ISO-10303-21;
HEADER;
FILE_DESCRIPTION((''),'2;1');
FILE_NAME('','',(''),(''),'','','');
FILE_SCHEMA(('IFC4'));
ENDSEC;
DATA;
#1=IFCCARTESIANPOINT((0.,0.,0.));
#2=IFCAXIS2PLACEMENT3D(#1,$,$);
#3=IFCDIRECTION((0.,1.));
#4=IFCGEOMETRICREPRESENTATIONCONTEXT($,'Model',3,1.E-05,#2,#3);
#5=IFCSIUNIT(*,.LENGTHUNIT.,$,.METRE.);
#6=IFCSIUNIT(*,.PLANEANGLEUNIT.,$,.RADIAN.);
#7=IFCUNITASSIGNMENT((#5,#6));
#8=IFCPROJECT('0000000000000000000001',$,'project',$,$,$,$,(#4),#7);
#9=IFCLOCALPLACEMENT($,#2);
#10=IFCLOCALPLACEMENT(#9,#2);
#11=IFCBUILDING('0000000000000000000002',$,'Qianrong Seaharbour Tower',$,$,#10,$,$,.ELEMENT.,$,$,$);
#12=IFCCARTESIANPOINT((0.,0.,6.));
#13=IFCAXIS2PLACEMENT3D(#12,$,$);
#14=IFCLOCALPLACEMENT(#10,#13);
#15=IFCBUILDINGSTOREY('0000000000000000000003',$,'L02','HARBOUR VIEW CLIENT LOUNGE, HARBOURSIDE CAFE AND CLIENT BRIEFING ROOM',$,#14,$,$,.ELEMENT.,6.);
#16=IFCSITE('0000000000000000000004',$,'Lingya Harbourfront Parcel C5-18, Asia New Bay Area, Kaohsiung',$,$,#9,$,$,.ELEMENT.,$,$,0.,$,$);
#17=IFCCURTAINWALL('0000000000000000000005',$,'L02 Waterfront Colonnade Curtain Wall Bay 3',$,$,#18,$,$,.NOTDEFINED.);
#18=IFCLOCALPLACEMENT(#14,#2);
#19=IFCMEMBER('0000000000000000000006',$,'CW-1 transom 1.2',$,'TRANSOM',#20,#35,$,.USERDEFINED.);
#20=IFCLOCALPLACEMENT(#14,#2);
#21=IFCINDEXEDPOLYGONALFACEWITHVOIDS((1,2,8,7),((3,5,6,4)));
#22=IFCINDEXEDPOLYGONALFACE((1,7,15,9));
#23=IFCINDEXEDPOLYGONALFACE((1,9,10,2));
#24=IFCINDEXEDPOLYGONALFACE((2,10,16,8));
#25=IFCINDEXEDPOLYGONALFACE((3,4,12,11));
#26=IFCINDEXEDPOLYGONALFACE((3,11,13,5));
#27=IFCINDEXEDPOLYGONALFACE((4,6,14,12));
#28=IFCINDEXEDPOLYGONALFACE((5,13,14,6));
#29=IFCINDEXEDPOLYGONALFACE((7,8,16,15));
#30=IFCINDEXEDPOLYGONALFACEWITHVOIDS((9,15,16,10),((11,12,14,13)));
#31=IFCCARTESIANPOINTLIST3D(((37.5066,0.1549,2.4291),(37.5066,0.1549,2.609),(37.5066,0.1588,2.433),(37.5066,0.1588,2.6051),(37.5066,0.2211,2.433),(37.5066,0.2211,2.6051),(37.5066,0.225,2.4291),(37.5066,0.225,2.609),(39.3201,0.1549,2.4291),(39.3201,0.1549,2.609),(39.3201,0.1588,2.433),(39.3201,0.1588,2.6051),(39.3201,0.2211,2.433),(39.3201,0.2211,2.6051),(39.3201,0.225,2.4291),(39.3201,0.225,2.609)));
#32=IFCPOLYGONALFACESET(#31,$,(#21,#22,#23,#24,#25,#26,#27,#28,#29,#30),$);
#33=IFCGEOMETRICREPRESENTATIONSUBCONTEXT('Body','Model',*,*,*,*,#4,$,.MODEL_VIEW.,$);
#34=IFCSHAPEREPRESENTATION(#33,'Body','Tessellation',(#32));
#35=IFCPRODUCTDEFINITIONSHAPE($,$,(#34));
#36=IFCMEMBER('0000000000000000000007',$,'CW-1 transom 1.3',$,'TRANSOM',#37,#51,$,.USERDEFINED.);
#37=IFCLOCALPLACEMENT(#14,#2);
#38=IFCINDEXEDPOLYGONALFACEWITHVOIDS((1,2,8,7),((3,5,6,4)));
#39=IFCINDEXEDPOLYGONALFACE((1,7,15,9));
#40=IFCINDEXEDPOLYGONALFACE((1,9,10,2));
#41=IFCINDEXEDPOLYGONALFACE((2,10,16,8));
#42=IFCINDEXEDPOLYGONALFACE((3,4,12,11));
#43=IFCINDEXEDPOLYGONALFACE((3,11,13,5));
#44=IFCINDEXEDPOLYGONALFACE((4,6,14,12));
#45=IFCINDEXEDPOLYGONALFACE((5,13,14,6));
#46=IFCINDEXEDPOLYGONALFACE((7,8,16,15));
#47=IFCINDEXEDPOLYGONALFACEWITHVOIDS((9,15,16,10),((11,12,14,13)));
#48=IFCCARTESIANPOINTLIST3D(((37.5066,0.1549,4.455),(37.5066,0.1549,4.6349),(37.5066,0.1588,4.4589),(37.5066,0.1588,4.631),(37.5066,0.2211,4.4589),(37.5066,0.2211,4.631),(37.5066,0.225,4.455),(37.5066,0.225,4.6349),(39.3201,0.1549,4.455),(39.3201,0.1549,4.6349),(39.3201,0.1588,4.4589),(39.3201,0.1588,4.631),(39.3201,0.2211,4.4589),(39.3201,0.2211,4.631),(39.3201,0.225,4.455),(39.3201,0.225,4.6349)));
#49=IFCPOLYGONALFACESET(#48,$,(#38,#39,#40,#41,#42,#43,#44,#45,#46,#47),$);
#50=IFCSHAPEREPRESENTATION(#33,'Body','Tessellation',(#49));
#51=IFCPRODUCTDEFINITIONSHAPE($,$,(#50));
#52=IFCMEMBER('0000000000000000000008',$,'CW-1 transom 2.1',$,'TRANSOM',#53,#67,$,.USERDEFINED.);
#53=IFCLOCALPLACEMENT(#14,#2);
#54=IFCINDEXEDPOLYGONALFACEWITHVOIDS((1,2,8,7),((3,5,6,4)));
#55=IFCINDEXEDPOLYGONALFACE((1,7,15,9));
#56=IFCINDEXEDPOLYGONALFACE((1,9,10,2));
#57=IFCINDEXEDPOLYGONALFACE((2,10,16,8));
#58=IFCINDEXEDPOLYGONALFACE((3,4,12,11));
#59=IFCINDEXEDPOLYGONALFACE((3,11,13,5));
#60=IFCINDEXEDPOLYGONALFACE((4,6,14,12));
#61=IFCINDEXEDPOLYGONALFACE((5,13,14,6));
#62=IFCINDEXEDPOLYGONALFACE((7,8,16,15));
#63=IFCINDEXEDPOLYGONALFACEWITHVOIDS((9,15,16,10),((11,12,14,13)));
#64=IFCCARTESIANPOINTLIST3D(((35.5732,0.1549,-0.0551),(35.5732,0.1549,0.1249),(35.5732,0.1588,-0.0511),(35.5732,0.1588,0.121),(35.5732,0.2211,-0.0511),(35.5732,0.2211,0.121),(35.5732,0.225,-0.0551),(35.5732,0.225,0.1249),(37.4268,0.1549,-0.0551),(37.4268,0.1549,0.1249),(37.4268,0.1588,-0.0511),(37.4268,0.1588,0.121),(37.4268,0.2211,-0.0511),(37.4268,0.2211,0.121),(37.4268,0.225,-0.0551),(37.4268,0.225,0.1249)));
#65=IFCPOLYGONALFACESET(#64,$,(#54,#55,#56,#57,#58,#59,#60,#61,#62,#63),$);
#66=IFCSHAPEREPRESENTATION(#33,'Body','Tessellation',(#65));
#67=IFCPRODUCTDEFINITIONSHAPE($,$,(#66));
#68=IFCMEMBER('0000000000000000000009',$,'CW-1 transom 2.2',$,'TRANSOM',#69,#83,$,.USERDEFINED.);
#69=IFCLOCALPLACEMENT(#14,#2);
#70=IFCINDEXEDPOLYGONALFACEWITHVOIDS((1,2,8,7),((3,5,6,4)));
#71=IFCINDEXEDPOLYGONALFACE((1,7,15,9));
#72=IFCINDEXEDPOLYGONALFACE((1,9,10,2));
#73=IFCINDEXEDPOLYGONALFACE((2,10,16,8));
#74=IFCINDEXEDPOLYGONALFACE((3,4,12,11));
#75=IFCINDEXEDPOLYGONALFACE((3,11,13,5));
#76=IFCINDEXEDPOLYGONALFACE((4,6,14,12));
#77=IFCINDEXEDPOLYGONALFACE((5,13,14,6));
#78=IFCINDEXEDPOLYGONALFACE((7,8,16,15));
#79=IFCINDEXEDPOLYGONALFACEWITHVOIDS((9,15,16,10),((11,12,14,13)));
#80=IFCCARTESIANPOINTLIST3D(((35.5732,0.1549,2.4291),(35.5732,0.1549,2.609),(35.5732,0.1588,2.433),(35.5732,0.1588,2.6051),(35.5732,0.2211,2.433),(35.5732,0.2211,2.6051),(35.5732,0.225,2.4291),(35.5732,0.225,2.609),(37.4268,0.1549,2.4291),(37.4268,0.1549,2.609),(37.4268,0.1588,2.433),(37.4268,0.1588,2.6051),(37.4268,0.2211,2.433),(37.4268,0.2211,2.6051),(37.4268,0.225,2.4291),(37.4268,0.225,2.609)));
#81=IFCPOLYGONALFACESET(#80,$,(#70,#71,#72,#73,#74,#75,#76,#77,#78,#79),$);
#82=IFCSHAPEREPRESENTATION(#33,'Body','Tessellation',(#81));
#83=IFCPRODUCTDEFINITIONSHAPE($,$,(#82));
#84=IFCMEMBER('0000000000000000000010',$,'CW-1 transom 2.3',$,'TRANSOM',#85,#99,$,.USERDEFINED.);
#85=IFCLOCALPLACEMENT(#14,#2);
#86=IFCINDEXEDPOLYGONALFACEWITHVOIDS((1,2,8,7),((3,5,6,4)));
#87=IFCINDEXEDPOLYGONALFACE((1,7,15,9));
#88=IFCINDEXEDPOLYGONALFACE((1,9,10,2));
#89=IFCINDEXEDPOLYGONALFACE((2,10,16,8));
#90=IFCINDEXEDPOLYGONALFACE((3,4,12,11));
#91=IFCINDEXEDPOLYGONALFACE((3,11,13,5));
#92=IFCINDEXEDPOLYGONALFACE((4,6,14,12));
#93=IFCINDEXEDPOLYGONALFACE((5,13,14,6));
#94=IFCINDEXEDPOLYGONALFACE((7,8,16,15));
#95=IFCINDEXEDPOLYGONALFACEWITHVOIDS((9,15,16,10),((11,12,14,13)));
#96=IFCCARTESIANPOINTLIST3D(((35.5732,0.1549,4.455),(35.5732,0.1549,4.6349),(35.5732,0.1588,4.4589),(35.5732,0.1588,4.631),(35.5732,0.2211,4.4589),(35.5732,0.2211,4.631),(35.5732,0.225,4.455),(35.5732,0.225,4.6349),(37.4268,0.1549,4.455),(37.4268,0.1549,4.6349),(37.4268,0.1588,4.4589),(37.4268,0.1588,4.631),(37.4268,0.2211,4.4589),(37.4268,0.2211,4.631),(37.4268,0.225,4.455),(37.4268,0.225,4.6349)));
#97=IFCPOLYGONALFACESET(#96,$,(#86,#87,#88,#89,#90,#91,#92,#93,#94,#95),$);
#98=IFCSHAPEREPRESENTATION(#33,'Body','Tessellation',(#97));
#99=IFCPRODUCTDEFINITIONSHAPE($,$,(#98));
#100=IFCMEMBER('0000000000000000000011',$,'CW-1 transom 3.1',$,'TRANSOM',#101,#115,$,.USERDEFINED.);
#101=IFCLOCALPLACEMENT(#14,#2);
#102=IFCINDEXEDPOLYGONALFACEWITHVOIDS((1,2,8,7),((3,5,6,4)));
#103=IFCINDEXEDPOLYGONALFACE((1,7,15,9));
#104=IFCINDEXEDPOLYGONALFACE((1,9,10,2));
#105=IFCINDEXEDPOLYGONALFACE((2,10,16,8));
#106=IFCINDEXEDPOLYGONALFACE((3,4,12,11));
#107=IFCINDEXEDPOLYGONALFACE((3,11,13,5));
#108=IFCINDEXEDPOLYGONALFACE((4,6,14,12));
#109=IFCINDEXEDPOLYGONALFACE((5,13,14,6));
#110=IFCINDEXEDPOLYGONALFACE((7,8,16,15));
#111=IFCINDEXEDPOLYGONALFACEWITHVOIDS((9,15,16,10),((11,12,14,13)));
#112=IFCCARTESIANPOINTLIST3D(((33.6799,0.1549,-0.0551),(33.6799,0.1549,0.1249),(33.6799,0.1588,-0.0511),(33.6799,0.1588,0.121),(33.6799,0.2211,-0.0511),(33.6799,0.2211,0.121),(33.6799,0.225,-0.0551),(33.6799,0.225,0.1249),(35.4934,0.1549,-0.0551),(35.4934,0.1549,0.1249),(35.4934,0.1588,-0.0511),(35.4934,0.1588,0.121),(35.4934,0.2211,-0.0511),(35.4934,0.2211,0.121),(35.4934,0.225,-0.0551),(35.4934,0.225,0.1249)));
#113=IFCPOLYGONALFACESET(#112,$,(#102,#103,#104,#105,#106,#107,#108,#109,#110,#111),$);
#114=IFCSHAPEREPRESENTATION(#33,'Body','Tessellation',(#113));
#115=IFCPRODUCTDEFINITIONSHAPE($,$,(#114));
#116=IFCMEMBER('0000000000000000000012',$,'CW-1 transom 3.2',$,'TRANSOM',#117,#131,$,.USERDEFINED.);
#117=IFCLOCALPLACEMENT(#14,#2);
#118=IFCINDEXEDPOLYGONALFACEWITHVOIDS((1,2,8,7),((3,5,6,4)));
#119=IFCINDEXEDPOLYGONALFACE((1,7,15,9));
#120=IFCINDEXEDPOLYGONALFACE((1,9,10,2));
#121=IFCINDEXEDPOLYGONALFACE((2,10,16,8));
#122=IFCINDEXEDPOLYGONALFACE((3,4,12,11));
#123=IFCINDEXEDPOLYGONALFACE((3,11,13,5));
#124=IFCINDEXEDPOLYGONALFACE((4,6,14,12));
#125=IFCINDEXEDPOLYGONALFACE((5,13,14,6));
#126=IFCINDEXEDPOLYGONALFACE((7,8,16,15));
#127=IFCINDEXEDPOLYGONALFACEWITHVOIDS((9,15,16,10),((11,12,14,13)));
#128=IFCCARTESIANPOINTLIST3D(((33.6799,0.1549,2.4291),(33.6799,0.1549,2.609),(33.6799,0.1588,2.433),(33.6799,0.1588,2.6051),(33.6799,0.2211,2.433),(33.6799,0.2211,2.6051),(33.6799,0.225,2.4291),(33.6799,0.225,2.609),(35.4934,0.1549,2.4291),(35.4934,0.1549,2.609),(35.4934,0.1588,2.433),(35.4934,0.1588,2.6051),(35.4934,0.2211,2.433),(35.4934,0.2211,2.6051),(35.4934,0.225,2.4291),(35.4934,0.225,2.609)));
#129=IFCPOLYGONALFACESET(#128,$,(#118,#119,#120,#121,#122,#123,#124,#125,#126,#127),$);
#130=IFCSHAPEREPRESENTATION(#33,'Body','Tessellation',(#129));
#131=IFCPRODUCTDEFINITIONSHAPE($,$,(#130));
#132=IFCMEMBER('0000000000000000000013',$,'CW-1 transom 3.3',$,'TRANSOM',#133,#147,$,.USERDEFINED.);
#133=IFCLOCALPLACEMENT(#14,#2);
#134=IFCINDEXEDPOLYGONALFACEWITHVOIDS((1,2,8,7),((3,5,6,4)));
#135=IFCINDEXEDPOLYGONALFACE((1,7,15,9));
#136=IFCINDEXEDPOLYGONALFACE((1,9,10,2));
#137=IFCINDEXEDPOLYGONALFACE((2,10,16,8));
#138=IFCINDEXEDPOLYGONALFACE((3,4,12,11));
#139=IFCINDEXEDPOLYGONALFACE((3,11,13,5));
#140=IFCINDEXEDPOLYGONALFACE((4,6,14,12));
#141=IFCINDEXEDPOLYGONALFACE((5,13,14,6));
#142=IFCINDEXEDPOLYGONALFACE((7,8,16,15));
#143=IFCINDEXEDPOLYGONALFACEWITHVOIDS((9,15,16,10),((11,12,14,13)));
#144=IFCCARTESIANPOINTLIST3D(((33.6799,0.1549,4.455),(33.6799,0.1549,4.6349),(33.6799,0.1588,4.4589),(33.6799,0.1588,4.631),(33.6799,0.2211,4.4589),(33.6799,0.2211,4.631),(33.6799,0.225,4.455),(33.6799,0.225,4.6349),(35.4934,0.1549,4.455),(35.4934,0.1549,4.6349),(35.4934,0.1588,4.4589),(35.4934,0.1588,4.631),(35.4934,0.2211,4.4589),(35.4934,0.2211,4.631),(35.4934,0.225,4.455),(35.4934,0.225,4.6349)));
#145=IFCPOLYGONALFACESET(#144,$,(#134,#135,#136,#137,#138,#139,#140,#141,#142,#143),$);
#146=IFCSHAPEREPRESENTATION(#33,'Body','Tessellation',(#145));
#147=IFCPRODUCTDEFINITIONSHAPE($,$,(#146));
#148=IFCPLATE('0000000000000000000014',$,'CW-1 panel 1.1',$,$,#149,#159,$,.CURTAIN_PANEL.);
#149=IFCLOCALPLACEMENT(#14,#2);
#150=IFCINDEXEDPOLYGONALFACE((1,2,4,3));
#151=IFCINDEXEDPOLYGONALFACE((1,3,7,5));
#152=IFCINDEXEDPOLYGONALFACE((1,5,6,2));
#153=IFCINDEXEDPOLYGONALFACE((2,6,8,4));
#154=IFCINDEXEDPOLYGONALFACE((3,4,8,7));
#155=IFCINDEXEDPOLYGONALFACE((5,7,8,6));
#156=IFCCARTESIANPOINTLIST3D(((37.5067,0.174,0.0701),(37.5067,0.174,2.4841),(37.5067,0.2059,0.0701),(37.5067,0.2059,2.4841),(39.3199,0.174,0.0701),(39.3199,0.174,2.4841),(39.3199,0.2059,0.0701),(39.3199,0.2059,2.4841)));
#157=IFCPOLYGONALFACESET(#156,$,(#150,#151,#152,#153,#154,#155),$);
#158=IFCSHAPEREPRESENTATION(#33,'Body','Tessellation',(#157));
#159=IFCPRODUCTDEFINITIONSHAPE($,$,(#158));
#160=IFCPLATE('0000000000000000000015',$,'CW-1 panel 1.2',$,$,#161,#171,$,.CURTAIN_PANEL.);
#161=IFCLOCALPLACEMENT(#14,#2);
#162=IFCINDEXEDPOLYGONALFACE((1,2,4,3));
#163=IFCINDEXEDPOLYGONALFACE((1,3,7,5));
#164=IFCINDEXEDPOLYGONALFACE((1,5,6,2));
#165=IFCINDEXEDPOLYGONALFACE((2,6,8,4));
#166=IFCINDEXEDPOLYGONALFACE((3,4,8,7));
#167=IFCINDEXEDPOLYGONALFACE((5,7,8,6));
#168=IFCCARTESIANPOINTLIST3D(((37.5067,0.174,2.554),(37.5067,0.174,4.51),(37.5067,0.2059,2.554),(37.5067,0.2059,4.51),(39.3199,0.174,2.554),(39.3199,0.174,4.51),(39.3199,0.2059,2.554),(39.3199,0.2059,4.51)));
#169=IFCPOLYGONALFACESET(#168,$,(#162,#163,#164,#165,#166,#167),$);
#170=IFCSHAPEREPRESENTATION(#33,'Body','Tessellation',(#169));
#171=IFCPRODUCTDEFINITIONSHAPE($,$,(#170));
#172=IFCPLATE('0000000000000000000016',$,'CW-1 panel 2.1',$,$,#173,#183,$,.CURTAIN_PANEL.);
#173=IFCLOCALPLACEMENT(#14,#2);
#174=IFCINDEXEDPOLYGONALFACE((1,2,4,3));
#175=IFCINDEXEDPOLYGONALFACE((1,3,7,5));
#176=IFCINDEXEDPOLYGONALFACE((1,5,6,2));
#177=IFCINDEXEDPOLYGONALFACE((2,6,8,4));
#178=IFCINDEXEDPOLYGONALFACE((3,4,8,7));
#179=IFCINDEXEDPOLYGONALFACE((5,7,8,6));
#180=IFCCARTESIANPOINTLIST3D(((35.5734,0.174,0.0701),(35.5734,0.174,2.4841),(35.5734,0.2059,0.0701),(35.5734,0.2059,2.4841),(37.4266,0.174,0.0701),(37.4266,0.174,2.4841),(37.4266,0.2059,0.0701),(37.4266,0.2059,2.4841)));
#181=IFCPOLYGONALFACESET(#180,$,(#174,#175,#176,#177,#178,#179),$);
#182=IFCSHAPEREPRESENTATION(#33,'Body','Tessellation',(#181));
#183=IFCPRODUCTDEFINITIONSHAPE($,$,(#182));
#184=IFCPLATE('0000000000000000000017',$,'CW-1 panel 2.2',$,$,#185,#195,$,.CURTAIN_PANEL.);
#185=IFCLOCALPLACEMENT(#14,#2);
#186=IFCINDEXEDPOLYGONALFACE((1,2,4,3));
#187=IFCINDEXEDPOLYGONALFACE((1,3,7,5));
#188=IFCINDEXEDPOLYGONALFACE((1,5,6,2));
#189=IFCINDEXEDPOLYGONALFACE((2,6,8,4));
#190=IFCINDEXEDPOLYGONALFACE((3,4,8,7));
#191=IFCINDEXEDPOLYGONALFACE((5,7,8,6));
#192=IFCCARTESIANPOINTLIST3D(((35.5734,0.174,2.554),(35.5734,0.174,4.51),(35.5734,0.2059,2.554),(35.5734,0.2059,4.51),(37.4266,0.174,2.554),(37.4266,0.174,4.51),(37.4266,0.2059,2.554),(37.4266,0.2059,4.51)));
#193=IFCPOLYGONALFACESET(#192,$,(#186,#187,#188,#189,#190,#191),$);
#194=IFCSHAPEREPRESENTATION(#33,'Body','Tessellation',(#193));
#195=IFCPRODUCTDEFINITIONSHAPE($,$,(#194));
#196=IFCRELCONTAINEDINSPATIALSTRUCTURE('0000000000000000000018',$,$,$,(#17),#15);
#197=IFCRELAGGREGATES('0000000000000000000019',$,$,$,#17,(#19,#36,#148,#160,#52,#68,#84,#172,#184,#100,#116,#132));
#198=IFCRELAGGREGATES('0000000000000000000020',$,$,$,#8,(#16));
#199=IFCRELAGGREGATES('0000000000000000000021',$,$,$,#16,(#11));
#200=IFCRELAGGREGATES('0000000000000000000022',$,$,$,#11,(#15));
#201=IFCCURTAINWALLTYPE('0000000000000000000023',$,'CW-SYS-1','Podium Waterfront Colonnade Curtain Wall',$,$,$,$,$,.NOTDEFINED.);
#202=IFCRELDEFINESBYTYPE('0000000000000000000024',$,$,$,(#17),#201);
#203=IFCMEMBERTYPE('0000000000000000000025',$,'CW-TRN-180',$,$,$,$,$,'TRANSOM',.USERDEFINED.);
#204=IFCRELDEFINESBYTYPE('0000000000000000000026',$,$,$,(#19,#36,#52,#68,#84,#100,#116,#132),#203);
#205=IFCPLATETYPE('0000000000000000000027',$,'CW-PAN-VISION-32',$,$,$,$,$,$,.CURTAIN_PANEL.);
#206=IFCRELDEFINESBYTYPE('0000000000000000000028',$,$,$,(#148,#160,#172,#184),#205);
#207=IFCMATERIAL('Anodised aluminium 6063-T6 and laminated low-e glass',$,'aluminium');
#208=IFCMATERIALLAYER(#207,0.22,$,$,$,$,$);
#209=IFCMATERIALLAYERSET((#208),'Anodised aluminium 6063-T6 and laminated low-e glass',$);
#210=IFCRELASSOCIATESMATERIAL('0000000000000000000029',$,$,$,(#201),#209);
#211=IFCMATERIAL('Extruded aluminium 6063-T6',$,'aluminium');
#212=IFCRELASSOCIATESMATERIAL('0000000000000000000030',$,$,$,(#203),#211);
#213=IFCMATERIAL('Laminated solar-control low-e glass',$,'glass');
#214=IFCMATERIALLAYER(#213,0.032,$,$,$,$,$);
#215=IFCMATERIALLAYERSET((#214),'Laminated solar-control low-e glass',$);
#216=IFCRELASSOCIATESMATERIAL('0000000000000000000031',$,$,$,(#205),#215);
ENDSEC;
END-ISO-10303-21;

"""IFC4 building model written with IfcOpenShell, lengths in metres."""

from ifc_helpers import new_model, si_unit, direction, frame, origin, origin_2d, place, context, subcontext, project, spatial, rectangle, hollow_rectangle, extrude, material, layer, layer_set, material_profile, profile_set, type_object, element, aggregate, save


model = new_model("IFC4")

# Units and contexts
model_context = context("Model", 3, precision=1e-05, world=origin(), true_north=direction((0.0, 1.0)))
body_context = subcontext(model_context, "Body", "Model", "MODEL_VIEW")
ifc_project = project(units=[si_unit("LENGTHUNIT", "METRE"), si_unit("PLANEANGLEUNIT", "RADIAN")], contexts=[model_context])

# Site, building, storey
site_placement = place(None, origin())
site = spatial("IfcSite", under=ifc_project, at=site_placement, Name="Lingya Harbourfront Parcel C5-18, Asia New Bay Area, Kaohsiung", CompositionType="ELEMENT", RefElevation=0.0)
building_placement = place(site_placement, origin())
building = spatial("IfcBuilding", under=site, at=building_placement, Name="Qianrong Seaharbour Tower", CompositionType="ELEMENT")
storey_placement = place(building_placement, frame((0.0, 0.0, 6.0)))
storey = spatial("IfcBuildingStorey", under=building, at=storey_placement, Name="L02", Description="HARBOUR VIEW CLIENT LOUNGE, HARBOURSIDE CAFE AND CLIENT BRIEFING ROOM", CompositionType="ELEMENT", Elevation=6.0)

# Curtain wall, members, plates
ifc_material_1 = material(Name="Anodised aluminium 6063-T6 and laminated low-e glass", Category="aluminium")
ifc_layer_1 = layer(ifc_material_1, 0.22)
ifc_layer_set_1 = layer_set([ifc_layer_1], Name="Anodised aluminium 6063-T6 and laminated low-e glass")
curtain_wall_type = type_object("IfcCurtainWallType", Name="CW-SYS-1", Description="Podium Waterfront Colonnade Curtain Wall", PredefinedType="NOTDEFINED", material=ifc_layer_set_1)
curtain_wall_placement = place(storey_placement, origin())
curtain_wall = element("IfcCurtainWall", 1, at=curtain_wall_placement, inside=storey, type_object=curtain_wall_type, Name="L02 Waterfront Colonnade Curtain Wall Bay 3", PredefinedType="NOTDEFINED")
ifc_material_2 = material(Name="Extruded aluminium 6063-T6", Category="aluminium")
ifc_material_profile_1 = material_profile(ifc_material_2, hollow_rectangle(XDim=0.0701, YDim=0.1799, WallThickness=0.0039, at=origin_2d()), Name="ALU-TRN-180x70x4")
ifc_profile_set_1 = profile_set([ifc_material_profile_1], Name="Extruded aluminium 6063-T6")
member_type_1 = type_object("IfcMemberType", Name="CW-TRN-180", ElementType="TRANSOM", PredefinedType="USERDEFINED", material=ifc_profile_set_1)
member_1_placement = place(storey_placement, frame((39.3201, 0.1899, 2.519), z_axis=(-1.0, 0.0, 0.0), x_axis=(0.0, -1.0, 0.0)))
member_1 = element("IfcMember", 2, at=member_1_placement, type_object=member_type_1, Name="CW-1 transom 1.2", ObjectType="TRANSOM", PredefinedType="USERDEFINED", context=body_context, shape_type="SweptSolid", body=[
    extrude(hollow_rectangle(XDim=0.0701, YDim=0.1799, WallThickness=0.0039, at=origin_2d()), origin(), (0.0, 0.0, 1.0), 1.8135),
])
member_2_placement = place(storey_placement, frame((39.3201, 0.1899, 4.5449), z_axis=(-1.0, 0.0, 0.0), x_axis=(0.0, -1.0, 0.0)))
member_2 = element("IfcMember", 3, at=member_2_placement, type_object=member_type_1, Name="CW-1 transom 1.3", ObjectType="TRANSOM", PredefinedType="USERDEFINED", context=body_context, shape_type="SweptSolid", body=[
    extrude(hollow_rectangle(XDim=0.0701, YDim=0.1799, WallThickness=0.0039, at=origin_2d()), origin(), (0.0, 0.0, 1.0), 1.8135),
])
member_3_placement = place(storey_placement, frame((37.4268, 0.1899, 0.0349), z_axis=(-1.0, 0.0, 0.0), x_axis=(0.0, -1.0, 0.0)))
member_3 = element("IfcMember", 4, at=member_3_placement, type_object=member_type_1, Name="CW-1 transom 2.1", ObjectType="TRANSOM", PredefinedType="USERDEFINED", context=body_context, shape_type="SweptSolid", body=[
    extrude(hollow_rectangle(XDim=0.0701, YDim=0.1799, WallThickness=0.0039, at=origin_2d()), origin(), (0.0, 0.0, 1.0), 1.8535),
])
member_4_placement = place(storey_placement, frame((37.4268, 0.1899, 2.519), z_axis=(-1.0, 0.0, 0.0), x_axis=(0.0, -1.0, 0.0)))
member_4 = element("IfcMember", 5, at=member_4_placement, type_object=member_type_1, Name="CW-1 transom 2.2", ObjectType="TRANSOM", PredefinedType="USERDEFINED", context=body_context, shape_type="SweptSolid", body=[
    extrude(hollow_rectangle(XDim=0.0701, YDim=0.1799, WallThickness=0.0039, at=origin_2d()), origin(), (0.0, 0.0, 1.0), 1.8535),
])
member_5_placement = place(storey_placement, frame((37.4268, 0.1899, 4.5449), z_axis=(-1.0, 0.0, 0.0), x_axis=(0.0, -1.0, 0.0)))
member_5 = element("IfcMember", 6, at=member_5_placement, type_object=member_type_1, Name="CW-1 transom 2.3", ObjectType="TRANSOM", PredefinedType="USERDEFINED", context=body_context, shape_type="SweptSolid", body=[
    extrude(hollow_rectangle(XDim=0.0701, YDim=0.1799, WallThickness=0.0039, at=origin_2d()), origin(), (0.0, 0.0, 1.0), 1.8535),
])
member_6_placement = place(storey_placement, frame((35.4934, 0.1899, 0.0349), z_axis=(-1.0, 0.0, 0.0), x_axis=(0.0, -1.0, 0.0)))
member_6 = element("IfcMember", 7, at=member_6_placement, type_object=member_type_1, Name="CW-1 transom 3.1", ObjectType="TRANSOM", PredefinedType="USERDEFINED", context=body_context, shape_type="SweptSolid", body=[
    extrude(hollow_rectangle(XDim=0.0701, YDim=0.1799, WallThickness=0.0039, at=origin_2d()), origin(), (0.0, 0.0, 1.0), 1.8135),
])
member_7_placement = place(storey_placement, frame((35.4934, 0.1899, 2.519), z_axis=(-1.0, 0.0, 0.0), x_axis=(0.0, -1.0, 0.0)))
member_7 = element("IfcMember", 8, at=member_7_placement, type_object=member_type_1, Name="CW-1 transom 3.2", ObjectType="TRANSOM", PredefinedType="USERDEFINED", context=body_context, shape_type="SweptSolid", body=[
    extrude(hollow_rectangle(XDim=0.0701, YDim=0.1799, WallThickness=0.0039, at=origin_2d()), origin(), (0.0, 0.0, 1.0), 1.8135),
])
member_8_placement = place(storey_placement, frame((35.4934, 0.1899, 4.5449), z_axis=(-1.0, 0.0, 0.0), x_axis=(0.0, -1.0, 0.0)))
member_8 = element("IfcMember", 9, at=member_8_placement, type_object=member_type_1, Name="CW-1 transom 3.3", ObjectType="TRANSOM", PredefinedType="USERDEFINED", context=body_context, shape_type="SweptSolid", body=[
    extrude(hollow_rectangle(XDim=0.0701, YDim=0.1799, WallThickness=0.0039, at=origin_2d()), origin(), (0.0, 0.0, 1.0), 1.8135),
])
ifc_material_3 = material(Name="Laminated solar-control low-e glass", Category="glass")
ifc_layer_2 = layer(ifc_material_3, 0.032)
ifc_layer_set_2 = layer_set([ifc_layer_2], Name="Laminated solar-control low-e glass")
plate_type = type_object("IfcPlateType", Name="CW-PAN-VISION-32", PredefinedType="CURTAIN_PANEL", material=ifc_layer_set_2)
plate_1_placement = place(storey_placement, frame((38.4133, 0.1899, 0.0701), z_axis=(0.0, 0.0, 1.0), x_axis=(-1.0, 0.0, 0.0)))
plate_1 = element("IfcPlate", 10, at=plate_1_placement, type_object=plate_type, Name="CW-1 panel 1.1", PredefinedType="CURTAIN_PANEL", context=body_context, shape_type="SweptSolid", body=[
    extrude(rectangle(XDim=1.8132, YDim=0.032, at=origin_2d()), origin(), (0.0, 0.0, 1.0), 2.4141),
])
plate_2_placement = place(storey_placement, frame((38.4133, 0.1899, 2.554), z_axis=(0.0, 0.0, 1.0), x_axis=(-1.0, 0.0, 0.0)))
plate_2 = element("IfcPlate", 11, at=plate_2_placement, type_object=plate_type, Name="CW-1 panel 1.2", PredefinedType="CURTAIN_PANEL", context=body_context, shape_type="SweptSolid", body=[
    extrude(rectangle(XDim=1.8132, YDim=0.032, at=origin_2d()), origin(), (0.0, 0.0, 1.0), 1.9561),
])
plate_3_placement = place(storey_placement, frame((36.5, 0.1899, 0.0701), z_axis=(0.0, 0.0, 1.0), x_axis=(-1.0, 0.0, 0.0)))
plate_3 = element("IfcPlate", 12, at=plate_3_placement, type_object=plate_type, Name="CW-1 panel 2.1", PredefinedType="CURTAIN_PANEL", context=body_context, shape_type="SweptSolid", body=[
    extrude(rectangle(XDim=1.8533, YDim=0.032, at=origin_2d()), origin(), (0.0, 0.0, 1.0), 2.4141),
])
plate_4_placement = place(storey_placement, frame((36.5, 0.1899, 2.554), z_axis=(0.0, 0.0, 1.0), x_axis=(-1.0, 0.0, 0.0)))
plate_4 = element("IfcPlate", 13, at=plate_4_placement, type_object=plate_type, Name="CW-1 panel 2.2", PredefinedType="CURTAIN_PANEL", context=body_context, shape_type="SweptSolid", body=[
    extrude(rectangle(XDim=1.8533, YDim=0.032, at=origin_2d()), origin(), (0.0, 0.0, 1.0), 1.9561),
])
aggregate(curtain_wall, [member_1, member_2, plate_1, plate_2, member_3, member_4, member_5, plate_3, plate_4, member_6, member_7, member_8])

save(model, "model.ifc")
